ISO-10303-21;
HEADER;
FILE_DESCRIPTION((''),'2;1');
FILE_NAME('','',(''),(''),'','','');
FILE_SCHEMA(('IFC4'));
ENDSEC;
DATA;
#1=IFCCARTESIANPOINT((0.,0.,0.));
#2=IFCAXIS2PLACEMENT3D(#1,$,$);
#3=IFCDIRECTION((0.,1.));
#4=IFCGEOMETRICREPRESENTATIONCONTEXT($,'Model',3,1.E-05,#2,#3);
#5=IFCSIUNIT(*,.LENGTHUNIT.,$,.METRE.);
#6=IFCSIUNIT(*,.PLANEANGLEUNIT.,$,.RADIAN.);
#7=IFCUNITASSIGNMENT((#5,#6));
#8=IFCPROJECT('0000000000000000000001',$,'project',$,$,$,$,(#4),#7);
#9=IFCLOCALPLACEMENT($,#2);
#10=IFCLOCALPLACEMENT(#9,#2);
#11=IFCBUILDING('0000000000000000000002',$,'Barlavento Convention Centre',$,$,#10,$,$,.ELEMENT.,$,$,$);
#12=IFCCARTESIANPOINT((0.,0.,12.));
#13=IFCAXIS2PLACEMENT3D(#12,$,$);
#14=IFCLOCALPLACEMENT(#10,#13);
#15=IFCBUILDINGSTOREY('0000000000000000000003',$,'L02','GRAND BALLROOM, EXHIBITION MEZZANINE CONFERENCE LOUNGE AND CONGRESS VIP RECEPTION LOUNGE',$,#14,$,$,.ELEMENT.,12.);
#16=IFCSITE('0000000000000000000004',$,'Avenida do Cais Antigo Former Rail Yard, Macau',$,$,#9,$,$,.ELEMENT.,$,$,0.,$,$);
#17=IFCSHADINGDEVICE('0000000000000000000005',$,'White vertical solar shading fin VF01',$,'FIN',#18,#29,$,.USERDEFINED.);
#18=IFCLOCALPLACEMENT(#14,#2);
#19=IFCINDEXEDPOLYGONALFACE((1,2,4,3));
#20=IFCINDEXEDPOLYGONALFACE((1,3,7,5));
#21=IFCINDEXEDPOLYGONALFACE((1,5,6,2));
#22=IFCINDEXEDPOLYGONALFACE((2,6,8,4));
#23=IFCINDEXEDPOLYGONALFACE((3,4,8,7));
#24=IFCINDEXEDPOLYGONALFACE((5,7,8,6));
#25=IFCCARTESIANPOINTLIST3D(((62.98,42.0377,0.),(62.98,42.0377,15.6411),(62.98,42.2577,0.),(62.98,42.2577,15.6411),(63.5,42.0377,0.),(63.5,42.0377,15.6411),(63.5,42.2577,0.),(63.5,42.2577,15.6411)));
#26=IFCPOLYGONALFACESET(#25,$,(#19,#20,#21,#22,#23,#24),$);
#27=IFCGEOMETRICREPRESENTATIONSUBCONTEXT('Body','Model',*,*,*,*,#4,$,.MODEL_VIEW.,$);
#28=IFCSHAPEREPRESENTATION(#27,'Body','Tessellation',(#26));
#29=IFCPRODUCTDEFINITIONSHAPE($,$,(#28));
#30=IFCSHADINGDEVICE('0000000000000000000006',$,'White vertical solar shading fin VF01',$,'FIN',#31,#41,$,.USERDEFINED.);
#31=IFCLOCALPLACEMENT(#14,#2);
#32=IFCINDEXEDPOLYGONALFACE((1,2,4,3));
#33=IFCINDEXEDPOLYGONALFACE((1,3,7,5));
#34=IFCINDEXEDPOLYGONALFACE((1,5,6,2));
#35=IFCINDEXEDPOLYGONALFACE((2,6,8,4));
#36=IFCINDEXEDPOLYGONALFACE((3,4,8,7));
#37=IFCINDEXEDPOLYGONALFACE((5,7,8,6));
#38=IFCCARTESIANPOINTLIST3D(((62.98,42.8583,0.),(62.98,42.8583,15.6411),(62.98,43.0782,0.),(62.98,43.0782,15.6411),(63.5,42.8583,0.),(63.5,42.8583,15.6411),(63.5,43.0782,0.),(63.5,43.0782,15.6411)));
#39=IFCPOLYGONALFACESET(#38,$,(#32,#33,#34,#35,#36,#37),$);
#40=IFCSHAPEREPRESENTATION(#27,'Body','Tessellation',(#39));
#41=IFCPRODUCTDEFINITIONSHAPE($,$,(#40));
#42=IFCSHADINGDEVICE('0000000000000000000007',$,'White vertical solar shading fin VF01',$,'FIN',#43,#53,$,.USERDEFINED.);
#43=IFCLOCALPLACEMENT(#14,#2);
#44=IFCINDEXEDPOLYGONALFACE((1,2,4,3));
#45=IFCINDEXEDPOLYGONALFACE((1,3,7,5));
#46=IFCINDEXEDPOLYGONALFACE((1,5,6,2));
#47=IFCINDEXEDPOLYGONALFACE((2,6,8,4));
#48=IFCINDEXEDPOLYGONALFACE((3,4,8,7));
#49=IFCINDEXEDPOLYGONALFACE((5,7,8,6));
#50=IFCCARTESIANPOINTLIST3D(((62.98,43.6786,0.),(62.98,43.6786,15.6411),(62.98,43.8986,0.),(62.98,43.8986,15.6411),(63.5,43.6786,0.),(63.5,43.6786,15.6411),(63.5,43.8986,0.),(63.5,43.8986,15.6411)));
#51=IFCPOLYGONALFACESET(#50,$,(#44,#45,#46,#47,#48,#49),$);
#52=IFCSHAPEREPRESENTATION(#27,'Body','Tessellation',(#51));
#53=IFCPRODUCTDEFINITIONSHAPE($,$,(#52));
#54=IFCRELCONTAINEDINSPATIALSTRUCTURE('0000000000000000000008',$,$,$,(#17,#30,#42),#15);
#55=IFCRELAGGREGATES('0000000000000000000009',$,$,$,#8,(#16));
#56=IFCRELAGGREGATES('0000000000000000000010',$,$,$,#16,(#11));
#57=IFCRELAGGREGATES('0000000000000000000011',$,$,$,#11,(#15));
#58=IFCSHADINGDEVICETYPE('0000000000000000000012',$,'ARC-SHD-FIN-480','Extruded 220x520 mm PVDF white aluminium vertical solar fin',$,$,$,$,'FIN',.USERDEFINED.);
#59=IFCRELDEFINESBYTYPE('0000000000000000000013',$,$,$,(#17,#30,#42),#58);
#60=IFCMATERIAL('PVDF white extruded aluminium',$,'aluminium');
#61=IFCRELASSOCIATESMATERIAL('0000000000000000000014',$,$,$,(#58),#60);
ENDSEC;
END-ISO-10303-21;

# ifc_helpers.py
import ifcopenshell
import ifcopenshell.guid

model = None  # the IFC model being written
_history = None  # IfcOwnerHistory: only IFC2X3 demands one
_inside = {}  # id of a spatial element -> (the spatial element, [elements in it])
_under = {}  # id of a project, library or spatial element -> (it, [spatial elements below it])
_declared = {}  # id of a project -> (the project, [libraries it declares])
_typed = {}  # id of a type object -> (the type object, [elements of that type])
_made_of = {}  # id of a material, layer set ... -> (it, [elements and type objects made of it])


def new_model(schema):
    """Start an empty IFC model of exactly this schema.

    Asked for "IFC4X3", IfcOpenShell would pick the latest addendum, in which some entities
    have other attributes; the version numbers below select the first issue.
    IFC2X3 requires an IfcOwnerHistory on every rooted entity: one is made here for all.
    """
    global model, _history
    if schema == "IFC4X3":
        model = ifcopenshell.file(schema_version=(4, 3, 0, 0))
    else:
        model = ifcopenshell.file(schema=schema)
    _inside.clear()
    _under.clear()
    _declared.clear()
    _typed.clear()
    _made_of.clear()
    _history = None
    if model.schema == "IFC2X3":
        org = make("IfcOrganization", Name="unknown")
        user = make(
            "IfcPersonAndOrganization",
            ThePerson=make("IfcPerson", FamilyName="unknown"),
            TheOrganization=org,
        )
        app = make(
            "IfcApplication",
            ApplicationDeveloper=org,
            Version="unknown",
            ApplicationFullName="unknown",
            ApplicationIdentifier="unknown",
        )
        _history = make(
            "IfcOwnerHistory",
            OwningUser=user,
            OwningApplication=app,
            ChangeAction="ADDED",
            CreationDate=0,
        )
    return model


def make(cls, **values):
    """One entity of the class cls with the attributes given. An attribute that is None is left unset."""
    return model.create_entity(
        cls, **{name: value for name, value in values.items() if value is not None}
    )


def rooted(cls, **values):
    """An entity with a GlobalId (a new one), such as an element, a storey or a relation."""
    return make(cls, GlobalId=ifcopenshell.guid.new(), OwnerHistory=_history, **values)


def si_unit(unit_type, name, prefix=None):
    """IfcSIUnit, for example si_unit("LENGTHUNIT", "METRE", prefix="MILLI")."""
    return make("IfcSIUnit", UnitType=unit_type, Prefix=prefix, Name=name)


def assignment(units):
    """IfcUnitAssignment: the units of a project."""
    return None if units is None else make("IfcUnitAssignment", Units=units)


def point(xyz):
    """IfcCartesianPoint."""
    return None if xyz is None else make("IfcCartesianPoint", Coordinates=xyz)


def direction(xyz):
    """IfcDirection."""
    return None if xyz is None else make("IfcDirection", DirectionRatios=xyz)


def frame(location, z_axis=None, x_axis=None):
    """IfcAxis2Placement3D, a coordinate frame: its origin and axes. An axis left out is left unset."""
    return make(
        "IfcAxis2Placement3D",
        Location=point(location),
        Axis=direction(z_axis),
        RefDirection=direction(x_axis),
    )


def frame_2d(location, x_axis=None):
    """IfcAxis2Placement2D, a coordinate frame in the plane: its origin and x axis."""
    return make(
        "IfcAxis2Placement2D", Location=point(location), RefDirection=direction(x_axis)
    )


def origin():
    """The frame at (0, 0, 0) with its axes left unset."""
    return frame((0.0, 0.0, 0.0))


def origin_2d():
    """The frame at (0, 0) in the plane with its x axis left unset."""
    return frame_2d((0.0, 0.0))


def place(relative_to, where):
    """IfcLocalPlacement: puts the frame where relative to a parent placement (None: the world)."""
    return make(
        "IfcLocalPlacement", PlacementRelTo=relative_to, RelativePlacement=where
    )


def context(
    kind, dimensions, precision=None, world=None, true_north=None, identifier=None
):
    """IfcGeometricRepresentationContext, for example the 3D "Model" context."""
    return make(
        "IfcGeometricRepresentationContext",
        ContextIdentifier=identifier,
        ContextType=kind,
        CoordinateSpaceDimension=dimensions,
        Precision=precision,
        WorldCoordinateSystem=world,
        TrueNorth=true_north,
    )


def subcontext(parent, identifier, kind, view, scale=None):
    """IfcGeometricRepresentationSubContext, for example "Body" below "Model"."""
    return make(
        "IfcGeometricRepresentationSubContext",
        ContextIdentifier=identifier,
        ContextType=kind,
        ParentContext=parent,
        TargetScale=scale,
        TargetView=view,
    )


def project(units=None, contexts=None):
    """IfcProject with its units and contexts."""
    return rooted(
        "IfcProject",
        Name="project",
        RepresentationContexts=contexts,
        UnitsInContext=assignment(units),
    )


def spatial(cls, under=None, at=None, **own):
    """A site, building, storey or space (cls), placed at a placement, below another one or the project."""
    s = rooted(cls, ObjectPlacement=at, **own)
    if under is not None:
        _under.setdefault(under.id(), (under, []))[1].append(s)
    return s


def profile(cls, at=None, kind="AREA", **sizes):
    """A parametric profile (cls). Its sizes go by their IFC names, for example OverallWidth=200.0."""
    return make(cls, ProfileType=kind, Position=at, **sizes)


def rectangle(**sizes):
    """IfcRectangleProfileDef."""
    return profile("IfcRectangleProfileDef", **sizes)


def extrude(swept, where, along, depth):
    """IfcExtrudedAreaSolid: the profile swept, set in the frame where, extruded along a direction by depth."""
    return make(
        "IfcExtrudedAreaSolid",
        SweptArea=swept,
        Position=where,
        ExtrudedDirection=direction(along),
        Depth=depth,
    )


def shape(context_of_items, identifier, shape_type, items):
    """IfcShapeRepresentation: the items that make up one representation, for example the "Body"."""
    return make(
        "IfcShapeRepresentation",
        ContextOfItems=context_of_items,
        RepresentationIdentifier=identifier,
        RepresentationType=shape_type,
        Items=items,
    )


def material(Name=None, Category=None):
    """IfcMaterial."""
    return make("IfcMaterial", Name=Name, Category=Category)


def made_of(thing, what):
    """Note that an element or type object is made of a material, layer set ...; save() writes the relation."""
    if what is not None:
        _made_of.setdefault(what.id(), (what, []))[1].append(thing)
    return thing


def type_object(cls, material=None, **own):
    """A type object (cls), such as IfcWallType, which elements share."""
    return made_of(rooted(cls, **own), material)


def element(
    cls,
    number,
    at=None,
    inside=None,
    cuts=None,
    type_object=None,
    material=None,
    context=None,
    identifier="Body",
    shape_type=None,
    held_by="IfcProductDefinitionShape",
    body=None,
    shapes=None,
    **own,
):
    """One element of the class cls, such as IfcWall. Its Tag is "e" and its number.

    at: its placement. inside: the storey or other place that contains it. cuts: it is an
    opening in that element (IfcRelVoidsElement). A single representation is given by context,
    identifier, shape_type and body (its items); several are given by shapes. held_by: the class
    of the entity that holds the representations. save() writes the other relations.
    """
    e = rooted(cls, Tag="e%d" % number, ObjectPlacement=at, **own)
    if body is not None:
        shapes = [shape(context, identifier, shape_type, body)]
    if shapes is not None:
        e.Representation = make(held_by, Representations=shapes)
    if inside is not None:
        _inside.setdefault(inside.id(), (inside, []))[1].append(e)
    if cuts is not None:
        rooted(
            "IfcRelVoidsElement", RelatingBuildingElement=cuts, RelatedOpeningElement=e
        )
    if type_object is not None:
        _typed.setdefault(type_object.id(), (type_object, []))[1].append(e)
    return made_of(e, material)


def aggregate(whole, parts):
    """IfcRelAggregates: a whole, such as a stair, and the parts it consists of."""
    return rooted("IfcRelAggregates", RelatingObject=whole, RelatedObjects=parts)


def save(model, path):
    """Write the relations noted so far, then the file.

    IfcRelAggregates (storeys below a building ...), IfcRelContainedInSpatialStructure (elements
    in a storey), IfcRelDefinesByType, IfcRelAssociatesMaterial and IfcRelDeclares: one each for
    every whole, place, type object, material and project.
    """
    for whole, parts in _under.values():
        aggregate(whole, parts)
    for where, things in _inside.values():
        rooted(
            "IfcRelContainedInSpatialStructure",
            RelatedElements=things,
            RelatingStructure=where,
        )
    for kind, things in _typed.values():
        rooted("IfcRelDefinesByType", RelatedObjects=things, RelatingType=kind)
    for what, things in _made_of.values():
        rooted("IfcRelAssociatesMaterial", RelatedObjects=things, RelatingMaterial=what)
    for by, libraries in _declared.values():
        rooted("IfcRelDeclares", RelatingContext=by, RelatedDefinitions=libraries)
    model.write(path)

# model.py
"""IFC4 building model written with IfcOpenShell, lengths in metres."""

from ifc_helpers import new_model, si_unit, direction, frame, origin, origin_2d, place, context, subcontext, project, spatial, rectangle, extrude, material, type_object, element, save


model = new_model("IFC4")

# Units and contexts
model_context = context("Model", 3, precision=1e-05, world=origin(), true_north=direction((0.0, 1.0)))
body_context = subcontext(model_context, "Body", "Model", "MODEL_VIEW")
ifc_project = project(units=[si_unit("LENGTHUNIT", "METRE"), si_unit("PLANEANGLEUNIT", "RADIAN")], contexts=[model_context])

# Site, building, storey
site_placement = place(None, origin())
site = spatial("IfcSite", under=ifc_project, at=site_placement, Name="Avenida do Cais Antigo Former Rail Yard, Macau", CompositionType="ELEMENT", RefElevation=0.0)
building_placement = place(site_placement, origin())
building = spatial("IfcBuilding", under=site, at=building_placement, Name="Barlavento Convention Centre", CompositionType="ELEMENT")
storey_placement = place(building_placement, frame((0.0, 0.0, 12.0)))
storey = spatial("IfcBuildingStorey", under=building, at=storey_placement, Name="L02", Description="GRAND BALLROOM, EXHIBITION MEZZANINE CONFERENCE LOUNGE AND CONGRESS VIP RECEPTION LOUNGE", CompositionType="ELEMENT", Elevation=12.0)

# Shading devices
ifc_material_1 = material(Name="PVDF white extruded aluminium", Category="aluminium")
shading_device_type = type_object("IfcShadingDeviceType", Name="ARC-SHD-FIN-480", Description="Extruded 220x520 mm PVDF white aluminium vertical solar fin", ElementType="FIN", PredefinedType="USERDEFINED", material=ifc_material_1)
for number, where, z_axis, x_axis, name in (
    (1, (63.24, 42.1477, 0.0), (0.0, 0.0, 1.0), (0.0, 1.0, 0.0), "White vertical solar shading fin VF01"),
    (2, (63.24, 42.9683, 0.0), (0.0, 0.0, 1.0), (0.0, 1.0, 0.0), "White vertical solar shading fin VF01"),
    (3, (63.24, 43.7886, 0.0), (0.0, 0.0, 1.0), (0.0, 1.0, 0.0), "White vertical solar shading fin VF01"),
):
    element("IfcShadingDevice", number, at=place(storey_placement, frame(where, z_axis=z_axis, x_axis=x_axis)), inside=storey, type_object=shading_device_type, Name=name, ObjectType="FIN", PredefinedType="USERDEFINED", context=body_context, shape_type="SweptSolid", body=[
        extrude(rectangle(XDim=0.22, YDim=0.52, at=origin_2d()), origin(), (0.0, 0.0, 1.0), 15.6411),
    ])

save(model, "model.ifc")
